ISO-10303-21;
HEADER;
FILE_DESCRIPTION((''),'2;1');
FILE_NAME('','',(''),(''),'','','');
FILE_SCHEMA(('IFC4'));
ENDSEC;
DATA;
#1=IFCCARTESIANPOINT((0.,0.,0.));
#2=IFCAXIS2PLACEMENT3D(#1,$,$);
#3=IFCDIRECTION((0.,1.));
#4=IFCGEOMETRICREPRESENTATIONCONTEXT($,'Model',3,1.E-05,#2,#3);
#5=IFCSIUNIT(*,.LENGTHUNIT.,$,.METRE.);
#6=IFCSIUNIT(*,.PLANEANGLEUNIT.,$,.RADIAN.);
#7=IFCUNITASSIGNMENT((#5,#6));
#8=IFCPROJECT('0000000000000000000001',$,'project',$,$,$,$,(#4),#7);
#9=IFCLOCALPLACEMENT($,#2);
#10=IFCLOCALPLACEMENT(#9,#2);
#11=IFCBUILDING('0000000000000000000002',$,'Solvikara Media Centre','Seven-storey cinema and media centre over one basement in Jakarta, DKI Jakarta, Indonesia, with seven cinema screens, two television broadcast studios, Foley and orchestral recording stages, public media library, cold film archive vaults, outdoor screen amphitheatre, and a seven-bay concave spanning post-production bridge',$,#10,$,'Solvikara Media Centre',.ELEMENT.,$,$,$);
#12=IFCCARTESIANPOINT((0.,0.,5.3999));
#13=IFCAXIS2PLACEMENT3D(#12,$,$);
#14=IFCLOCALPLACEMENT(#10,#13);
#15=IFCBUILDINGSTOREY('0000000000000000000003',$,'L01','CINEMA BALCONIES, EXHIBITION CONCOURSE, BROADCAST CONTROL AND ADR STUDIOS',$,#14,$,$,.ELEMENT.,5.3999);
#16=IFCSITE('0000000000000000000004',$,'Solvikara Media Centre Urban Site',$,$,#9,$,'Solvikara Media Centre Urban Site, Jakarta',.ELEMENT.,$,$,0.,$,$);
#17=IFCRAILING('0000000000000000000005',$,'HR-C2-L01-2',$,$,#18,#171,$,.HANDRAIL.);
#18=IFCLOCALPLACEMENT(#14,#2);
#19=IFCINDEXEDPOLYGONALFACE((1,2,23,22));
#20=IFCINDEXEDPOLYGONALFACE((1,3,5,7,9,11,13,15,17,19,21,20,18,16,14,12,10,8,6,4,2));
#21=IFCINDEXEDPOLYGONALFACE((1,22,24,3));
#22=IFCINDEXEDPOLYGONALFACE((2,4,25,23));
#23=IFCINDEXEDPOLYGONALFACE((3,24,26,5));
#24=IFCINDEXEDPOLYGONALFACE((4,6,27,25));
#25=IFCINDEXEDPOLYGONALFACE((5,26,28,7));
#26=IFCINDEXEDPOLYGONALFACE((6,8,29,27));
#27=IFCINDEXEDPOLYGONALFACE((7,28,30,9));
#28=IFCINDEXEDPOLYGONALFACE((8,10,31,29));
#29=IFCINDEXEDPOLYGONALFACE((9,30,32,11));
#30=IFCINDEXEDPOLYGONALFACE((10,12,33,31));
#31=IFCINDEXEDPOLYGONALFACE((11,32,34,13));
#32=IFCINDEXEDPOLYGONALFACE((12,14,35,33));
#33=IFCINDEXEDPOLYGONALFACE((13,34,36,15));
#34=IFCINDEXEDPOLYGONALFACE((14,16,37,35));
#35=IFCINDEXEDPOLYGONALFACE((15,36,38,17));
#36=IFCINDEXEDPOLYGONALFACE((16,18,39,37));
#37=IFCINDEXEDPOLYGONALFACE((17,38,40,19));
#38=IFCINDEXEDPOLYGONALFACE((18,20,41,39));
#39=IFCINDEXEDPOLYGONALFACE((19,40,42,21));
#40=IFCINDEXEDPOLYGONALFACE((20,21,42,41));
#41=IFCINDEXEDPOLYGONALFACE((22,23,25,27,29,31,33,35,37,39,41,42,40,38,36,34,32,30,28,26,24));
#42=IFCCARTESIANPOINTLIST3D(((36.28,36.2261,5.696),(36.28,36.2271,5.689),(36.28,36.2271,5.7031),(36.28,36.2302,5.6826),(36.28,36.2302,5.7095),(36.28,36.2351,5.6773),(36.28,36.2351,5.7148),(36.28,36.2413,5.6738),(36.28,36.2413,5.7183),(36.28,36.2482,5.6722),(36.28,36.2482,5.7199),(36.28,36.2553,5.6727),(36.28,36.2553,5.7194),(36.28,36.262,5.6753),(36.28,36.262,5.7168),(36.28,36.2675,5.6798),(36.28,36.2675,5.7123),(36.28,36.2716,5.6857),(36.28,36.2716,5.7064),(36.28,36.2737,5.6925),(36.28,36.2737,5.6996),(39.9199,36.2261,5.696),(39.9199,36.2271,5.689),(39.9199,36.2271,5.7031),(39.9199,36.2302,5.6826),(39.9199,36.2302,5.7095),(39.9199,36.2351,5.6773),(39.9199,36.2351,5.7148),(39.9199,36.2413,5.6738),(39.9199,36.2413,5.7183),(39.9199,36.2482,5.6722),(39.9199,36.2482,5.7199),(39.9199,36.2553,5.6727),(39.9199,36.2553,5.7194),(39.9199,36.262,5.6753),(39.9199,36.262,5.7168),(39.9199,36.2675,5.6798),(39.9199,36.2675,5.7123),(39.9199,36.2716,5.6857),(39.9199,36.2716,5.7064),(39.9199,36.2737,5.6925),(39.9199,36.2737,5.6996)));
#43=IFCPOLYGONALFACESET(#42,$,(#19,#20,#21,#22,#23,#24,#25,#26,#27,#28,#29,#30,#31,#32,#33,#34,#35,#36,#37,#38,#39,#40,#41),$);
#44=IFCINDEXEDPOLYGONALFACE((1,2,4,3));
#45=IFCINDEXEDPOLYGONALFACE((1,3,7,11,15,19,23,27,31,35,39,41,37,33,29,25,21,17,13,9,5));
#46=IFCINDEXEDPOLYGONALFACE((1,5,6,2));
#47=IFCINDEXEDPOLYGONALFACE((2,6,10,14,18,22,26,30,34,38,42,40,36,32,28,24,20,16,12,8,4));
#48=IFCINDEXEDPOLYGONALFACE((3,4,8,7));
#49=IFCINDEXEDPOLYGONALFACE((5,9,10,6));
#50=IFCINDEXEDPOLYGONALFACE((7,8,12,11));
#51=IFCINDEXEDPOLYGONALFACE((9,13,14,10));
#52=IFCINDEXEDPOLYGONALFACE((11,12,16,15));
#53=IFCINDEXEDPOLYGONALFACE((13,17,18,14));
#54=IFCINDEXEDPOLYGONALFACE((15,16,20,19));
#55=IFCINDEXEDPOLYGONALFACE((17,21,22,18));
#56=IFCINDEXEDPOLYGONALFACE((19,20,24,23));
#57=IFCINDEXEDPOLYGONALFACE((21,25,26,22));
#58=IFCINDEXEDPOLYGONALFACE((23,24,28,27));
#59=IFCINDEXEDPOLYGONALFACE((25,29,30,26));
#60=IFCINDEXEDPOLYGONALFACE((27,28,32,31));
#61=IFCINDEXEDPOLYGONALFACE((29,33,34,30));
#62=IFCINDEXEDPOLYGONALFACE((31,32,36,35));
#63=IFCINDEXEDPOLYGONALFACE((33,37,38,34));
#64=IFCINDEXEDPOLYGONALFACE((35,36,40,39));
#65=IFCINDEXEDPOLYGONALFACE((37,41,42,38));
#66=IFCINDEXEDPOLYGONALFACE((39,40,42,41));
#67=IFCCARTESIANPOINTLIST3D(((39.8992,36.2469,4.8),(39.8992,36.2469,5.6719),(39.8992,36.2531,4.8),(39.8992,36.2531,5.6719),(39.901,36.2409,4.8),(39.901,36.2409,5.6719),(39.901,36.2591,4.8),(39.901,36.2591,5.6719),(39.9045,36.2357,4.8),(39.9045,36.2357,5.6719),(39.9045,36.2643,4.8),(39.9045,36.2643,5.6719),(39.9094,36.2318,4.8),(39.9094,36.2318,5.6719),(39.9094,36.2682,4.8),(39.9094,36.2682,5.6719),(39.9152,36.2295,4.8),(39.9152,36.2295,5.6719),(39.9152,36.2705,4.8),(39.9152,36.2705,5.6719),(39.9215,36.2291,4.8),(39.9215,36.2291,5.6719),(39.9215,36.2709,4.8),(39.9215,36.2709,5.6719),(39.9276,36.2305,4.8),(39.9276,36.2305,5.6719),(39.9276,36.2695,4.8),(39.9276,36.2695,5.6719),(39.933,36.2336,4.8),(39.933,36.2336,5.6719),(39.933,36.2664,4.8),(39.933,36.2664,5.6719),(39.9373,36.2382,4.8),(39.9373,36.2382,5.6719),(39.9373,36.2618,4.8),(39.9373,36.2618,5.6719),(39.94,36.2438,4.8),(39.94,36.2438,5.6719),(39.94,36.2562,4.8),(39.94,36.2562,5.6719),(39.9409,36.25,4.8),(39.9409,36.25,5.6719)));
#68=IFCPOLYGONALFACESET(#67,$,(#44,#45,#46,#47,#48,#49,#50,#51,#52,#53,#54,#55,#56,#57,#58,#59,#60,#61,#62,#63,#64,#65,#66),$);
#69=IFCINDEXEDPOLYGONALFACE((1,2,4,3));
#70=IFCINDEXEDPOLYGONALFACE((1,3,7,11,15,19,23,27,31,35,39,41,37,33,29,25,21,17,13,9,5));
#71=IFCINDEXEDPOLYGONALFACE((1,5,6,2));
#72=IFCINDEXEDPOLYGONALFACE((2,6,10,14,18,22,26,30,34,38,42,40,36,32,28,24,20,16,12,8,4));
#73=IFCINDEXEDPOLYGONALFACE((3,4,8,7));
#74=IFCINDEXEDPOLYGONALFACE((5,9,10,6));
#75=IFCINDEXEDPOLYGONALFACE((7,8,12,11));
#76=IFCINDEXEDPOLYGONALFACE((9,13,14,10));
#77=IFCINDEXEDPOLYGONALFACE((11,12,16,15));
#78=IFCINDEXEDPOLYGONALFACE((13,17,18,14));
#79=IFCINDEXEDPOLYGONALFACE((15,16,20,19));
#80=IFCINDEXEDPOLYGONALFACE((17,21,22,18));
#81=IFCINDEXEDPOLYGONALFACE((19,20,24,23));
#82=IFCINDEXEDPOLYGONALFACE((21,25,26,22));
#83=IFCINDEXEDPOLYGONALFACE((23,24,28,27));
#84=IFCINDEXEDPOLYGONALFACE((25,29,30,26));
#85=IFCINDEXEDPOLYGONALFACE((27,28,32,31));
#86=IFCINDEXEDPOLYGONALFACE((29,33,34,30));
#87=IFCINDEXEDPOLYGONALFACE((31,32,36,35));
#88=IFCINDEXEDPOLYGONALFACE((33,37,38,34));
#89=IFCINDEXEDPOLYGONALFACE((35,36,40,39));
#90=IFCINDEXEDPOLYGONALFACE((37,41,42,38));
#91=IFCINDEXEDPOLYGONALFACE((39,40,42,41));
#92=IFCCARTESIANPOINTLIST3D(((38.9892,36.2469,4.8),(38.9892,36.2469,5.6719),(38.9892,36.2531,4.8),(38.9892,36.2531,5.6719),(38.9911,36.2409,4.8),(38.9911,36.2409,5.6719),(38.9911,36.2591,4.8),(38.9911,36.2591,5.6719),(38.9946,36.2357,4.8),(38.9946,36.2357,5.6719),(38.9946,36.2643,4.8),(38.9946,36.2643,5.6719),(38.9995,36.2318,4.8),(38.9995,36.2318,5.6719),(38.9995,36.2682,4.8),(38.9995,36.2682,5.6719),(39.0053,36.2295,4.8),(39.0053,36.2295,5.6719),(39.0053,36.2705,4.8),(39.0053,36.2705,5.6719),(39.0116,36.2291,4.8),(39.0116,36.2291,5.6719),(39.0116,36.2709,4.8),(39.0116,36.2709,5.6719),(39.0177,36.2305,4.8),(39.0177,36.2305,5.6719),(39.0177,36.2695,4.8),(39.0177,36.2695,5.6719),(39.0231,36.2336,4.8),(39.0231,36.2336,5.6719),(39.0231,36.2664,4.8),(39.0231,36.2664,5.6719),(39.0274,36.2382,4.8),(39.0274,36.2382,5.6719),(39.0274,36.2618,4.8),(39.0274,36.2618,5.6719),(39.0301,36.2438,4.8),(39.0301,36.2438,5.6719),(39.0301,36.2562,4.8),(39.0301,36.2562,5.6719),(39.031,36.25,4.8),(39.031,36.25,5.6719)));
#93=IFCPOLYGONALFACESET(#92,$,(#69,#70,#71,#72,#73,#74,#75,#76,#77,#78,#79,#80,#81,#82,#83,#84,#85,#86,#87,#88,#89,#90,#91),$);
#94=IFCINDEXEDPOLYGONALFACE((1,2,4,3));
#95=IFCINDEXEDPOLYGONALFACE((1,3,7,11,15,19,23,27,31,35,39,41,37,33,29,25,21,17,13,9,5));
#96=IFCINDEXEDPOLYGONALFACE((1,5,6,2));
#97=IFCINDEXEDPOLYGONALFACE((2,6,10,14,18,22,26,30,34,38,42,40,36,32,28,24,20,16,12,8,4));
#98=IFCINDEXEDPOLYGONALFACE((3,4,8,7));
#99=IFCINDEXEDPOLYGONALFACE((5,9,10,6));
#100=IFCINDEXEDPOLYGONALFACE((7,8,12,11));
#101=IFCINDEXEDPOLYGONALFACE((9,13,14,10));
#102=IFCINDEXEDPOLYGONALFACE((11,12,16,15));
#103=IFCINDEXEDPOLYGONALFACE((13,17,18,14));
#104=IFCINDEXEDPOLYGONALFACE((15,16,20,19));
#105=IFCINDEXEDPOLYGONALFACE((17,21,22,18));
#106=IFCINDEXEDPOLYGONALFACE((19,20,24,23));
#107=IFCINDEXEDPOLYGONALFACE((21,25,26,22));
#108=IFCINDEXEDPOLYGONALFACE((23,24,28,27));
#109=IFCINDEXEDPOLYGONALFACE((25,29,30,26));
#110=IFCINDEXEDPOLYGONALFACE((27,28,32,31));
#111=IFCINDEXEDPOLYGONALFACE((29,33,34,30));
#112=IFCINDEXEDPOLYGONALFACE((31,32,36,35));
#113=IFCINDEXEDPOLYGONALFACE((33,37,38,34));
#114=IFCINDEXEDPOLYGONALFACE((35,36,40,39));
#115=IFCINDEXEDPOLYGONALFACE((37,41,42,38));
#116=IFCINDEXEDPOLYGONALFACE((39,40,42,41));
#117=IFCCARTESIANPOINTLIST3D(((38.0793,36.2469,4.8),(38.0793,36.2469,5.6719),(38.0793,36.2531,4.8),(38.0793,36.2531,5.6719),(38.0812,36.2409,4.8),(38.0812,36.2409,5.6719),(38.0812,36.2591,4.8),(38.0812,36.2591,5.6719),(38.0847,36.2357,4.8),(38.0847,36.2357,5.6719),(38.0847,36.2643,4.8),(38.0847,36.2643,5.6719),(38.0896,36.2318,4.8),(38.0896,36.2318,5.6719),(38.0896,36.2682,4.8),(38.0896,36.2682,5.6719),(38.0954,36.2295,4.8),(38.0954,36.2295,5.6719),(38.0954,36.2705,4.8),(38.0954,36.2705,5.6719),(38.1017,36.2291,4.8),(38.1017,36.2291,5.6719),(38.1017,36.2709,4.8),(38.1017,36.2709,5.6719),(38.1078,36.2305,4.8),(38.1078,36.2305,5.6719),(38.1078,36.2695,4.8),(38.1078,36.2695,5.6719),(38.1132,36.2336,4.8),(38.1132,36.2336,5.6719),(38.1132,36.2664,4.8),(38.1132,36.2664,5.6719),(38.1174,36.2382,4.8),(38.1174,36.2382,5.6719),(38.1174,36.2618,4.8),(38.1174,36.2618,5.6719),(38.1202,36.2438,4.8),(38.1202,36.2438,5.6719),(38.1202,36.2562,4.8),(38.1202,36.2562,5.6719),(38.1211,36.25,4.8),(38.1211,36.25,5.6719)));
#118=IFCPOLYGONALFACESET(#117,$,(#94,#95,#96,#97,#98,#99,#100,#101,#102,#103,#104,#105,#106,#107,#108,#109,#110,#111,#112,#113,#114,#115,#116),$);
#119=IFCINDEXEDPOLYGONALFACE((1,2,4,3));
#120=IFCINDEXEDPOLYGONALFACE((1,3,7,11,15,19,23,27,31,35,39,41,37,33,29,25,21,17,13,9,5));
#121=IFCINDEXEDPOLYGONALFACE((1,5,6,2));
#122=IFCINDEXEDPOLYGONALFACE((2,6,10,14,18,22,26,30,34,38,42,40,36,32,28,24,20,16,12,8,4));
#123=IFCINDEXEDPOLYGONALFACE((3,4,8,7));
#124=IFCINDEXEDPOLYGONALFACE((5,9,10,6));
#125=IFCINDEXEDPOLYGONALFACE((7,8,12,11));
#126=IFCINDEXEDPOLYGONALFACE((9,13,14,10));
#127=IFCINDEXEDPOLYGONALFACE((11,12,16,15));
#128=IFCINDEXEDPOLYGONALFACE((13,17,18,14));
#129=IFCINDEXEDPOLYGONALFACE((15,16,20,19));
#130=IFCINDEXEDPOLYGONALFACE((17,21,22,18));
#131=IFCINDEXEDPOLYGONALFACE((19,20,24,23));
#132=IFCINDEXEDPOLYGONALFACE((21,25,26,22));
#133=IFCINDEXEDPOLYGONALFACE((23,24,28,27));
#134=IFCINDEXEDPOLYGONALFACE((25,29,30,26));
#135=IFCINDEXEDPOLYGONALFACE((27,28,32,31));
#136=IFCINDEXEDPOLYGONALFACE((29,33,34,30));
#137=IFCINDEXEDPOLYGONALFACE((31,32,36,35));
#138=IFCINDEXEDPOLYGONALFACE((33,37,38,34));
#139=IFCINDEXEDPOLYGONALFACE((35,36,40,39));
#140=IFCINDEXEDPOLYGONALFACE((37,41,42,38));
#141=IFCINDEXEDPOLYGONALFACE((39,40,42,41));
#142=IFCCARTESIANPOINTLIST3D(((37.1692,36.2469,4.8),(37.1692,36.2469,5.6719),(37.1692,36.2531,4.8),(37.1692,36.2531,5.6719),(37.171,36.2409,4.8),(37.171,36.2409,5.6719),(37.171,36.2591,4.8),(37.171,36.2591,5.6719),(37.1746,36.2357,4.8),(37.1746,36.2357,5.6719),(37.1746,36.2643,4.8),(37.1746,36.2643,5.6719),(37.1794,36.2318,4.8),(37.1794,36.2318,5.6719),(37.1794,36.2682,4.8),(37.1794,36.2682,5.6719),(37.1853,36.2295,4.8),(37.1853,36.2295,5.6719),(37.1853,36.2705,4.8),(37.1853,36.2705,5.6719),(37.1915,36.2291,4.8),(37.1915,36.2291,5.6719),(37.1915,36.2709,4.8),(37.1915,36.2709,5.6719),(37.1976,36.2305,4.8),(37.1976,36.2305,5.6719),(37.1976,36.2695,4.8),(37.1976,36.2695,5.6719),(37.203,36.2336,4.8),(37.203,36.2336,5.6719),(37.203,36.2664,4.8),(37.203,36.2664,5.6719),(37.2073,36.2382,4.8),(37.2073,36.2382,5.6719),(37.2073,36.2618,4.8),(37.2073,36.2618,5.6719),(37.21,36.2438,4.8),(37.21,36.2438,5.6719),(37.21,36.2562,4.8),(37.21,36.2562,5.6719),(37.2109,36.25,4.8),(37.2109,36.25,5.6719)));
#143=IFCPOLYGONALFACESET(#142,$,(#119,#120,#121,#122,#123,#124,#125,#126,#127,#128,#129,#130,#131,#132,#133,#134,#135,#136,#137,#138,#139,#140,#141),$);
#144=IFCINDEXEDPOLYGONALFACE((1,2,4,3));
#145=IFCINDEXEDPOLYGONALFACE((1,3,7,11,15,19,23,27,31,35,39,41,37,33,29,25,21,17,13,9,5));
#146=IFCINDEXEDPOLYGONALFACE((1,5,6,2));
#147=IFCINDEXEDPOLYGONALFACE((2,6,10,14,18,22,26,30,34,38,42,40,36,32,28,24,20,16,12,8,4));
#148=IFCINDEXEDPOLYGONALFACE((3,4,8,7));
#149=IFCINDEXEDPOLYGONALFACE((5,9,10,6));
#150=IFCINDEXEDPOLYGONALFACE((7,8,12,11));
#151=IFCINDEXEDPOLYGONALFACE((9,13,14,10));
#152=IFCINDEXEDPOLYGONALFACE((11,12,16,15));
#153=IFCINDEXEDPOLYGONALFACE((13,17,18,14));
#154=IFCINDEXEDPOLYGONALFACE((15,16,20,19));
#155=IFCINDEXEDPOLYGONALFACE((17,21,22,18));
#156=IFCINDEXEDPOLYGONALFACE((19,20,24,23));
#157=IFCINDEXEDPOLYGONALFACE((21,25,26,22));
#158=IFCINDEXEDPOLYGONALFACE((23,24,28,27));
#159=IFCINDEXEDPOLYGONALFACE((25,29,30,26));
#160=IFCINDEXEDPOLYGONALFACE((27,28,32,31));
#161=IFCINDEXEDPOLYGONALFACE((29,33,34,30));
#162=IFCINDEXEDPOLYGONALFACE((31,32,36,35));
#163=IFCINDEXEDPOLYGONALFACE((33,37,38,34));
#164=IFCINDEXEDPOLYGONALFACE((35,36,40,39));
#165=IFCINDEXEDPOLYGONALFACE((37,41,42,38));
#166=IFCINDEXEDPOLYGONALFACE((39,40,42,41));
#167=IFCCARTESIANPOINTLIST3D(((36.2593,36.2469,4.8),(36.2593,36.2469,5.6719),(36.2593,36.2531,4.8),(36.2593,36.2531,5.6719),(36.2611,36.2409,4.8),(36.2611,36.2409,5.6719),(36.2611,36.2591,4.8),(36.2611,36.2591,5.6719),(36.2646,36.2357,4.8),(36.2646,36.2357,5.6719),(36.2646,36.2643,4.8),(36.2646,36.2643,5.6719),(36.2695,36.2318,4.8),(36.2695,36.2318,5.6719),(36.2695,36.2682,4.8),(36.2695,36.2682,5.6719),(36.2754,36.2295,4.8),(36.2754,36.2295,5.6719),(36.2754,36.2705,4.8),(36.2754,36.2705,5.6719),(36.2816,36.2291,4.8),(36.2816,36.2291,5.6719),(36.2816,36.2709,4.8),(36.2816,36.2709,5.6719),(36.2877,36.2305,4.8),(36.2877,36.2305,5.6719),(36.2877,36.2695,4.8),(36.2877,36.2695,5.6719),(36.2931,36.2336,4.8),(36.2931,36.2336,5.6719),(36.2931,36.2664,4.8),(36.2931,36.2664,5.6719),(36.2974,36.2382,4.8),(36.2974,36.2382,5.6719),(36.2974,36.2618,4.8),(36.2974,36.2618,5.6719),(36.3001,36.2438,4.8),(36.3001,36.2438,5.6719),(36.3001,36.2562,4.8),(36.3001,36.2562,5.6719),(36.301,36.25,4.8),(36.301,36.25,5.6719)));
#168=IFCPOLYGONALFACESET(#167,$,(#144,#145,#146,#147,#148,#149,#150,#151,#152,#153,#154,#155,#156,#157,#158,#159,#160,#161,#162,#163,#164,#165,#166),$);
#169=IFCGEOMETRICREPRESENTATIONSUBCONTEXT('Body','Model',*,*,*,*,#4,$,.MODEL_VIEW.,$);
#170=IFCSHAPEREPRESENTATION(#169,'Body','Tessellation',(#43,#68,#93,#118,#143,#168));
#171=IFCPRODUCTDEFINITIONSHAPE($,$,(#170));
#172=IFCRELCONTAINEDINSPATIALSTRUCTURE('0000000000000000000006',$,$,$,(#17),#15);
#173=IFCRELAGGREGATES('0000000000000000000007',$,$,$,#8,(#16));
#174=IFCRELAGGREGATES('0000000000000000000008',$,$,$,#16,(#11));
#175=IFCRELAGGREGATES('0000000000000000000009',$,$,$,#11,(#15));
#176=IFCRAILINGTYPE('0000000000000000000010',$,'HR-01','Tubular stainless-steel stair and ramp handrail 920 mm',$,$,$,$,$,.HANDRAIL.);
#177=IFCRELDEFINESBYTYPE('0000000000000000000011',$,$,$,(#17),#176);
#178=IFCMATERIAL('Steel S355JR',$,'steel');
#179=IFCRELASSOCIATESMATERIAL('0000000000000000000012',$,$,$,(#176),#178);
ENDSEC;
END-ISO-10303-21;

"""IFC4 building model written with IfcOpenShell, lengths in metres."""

from ifc_helpers import new_model, si_unit, direction, frame, origin, origin_2d, place, context, subcontext, project, spatial, circle, extrude, material, type_object, element, save


model = new_model("IFC4")

# Units and contexts
model_context = context("Model", 3, precision=1e-05, world=origin(), true_north=direction((0.0, 1.0)))
body_context = subcontext(model_context, "Body", "Model", "MODEL_VIEW")
ifc_project = project(units=[si_unit("LENGTHUNIT", "METRE"), si_unit("PLANEANGLEUNIT", "RADIAN")], contexts=[model_context])

# Site, building, storey
site_placement = place(None, origin())
site = spatial("IfcSite", under=ifc_project, at=site_placement, Name="Solvikara Media Centre Urban Site", LongName="Solvikara Media Centre Urban Site, Jakarta", CompositionType="ELEMENT", RefElevation=0.0)
building_placement = place(site_placement, origin())
building = spatial("IfcBuilding", under=site, at=building_placement, Name="Solvikara Media Centre", Description="Seven-storey cinema and media centre over one basement in Jakarta, DKI Jakarta, Indonesia, with seven cinema screens, two television broadcast studios, Foley and orchestral recording stages, public media library, cold film archive vaults, outdoor screen amphitheatre, and a seven-bay concave spanning post-production bridge", LongName="Solvikara Media Centre", CompositionType="ELEMENT")
storey_placement = place(building_placement, frame((0.0, 0.0, 5.3999)))
storey = spatial("IfcBuildingStorey", under=building, at=storey_placement, Name="L01", Description="CINEMA BALCONIES, EXHIBITION CONCOURSE, BROADCAST CONTROL AND ADR STUDIOS", CompositionType="ELEMENT", Elevation=5.3999)

# Shared definitions
ifc_material_1 = material(Name="Steel S355JR", Category="steel")

# Railing
railing_type = type_object("IfcRailingType", Name="HR-01", Description="Tubular stainless-steel stair and ramp handrail 920 mm", PredefinedType="HANDRAIL", material=ifc_material_1)
railing_placement = place(storey_placement, frame((39.9199, 36.25, 4.8)))
element("IfcRailing", 1, at=railing_placement, inside=storey, type_object=railing_type, Name="HR-C2-L01-2", PredefinedType="HANDRAIL", context=body_context, shape_type="SweptSolid", body=[
    extrude(circle(Radius=0.0239, at=origin_2d()), frame((0.0, 0.0, 0.896), z_axis=(-1.0, 0.0, 0.0), x_axis=(0.0, -1.0, 0.0)), (0.0, 0.0, 1.0), 3.6399),
    extrude(circle(Radius=0.021, at=origin_2d()), origin(), (0.0, 0.0, 1.0), 0.8718),
    extrude(circle(Radius=0.021, at=origin_2d()), frame((-0.9099, 0.0, 0.0)), (0.0, 0.0, 1.0), 0.8718),
    extrude(circle(Radius=0.021, at=origin_2d()), frame((-1.8198, 0.0, 0.0)), (0.0, 0.0, 1.0), 0.8718),
    extrude(circle(Radius=0.021, at=origin_2d()), frame((-2.73, 0.0, 0.0)), (0.0, 0.0, 1.0), 0.8718),
    extrude(circle(Radius=0.021, at=origin_2d()), frame((-3.6399, 0.0, 0.0)), (0.0, 0.0, 1.0), 0.8718),
])

save(model, "model.ifc")
